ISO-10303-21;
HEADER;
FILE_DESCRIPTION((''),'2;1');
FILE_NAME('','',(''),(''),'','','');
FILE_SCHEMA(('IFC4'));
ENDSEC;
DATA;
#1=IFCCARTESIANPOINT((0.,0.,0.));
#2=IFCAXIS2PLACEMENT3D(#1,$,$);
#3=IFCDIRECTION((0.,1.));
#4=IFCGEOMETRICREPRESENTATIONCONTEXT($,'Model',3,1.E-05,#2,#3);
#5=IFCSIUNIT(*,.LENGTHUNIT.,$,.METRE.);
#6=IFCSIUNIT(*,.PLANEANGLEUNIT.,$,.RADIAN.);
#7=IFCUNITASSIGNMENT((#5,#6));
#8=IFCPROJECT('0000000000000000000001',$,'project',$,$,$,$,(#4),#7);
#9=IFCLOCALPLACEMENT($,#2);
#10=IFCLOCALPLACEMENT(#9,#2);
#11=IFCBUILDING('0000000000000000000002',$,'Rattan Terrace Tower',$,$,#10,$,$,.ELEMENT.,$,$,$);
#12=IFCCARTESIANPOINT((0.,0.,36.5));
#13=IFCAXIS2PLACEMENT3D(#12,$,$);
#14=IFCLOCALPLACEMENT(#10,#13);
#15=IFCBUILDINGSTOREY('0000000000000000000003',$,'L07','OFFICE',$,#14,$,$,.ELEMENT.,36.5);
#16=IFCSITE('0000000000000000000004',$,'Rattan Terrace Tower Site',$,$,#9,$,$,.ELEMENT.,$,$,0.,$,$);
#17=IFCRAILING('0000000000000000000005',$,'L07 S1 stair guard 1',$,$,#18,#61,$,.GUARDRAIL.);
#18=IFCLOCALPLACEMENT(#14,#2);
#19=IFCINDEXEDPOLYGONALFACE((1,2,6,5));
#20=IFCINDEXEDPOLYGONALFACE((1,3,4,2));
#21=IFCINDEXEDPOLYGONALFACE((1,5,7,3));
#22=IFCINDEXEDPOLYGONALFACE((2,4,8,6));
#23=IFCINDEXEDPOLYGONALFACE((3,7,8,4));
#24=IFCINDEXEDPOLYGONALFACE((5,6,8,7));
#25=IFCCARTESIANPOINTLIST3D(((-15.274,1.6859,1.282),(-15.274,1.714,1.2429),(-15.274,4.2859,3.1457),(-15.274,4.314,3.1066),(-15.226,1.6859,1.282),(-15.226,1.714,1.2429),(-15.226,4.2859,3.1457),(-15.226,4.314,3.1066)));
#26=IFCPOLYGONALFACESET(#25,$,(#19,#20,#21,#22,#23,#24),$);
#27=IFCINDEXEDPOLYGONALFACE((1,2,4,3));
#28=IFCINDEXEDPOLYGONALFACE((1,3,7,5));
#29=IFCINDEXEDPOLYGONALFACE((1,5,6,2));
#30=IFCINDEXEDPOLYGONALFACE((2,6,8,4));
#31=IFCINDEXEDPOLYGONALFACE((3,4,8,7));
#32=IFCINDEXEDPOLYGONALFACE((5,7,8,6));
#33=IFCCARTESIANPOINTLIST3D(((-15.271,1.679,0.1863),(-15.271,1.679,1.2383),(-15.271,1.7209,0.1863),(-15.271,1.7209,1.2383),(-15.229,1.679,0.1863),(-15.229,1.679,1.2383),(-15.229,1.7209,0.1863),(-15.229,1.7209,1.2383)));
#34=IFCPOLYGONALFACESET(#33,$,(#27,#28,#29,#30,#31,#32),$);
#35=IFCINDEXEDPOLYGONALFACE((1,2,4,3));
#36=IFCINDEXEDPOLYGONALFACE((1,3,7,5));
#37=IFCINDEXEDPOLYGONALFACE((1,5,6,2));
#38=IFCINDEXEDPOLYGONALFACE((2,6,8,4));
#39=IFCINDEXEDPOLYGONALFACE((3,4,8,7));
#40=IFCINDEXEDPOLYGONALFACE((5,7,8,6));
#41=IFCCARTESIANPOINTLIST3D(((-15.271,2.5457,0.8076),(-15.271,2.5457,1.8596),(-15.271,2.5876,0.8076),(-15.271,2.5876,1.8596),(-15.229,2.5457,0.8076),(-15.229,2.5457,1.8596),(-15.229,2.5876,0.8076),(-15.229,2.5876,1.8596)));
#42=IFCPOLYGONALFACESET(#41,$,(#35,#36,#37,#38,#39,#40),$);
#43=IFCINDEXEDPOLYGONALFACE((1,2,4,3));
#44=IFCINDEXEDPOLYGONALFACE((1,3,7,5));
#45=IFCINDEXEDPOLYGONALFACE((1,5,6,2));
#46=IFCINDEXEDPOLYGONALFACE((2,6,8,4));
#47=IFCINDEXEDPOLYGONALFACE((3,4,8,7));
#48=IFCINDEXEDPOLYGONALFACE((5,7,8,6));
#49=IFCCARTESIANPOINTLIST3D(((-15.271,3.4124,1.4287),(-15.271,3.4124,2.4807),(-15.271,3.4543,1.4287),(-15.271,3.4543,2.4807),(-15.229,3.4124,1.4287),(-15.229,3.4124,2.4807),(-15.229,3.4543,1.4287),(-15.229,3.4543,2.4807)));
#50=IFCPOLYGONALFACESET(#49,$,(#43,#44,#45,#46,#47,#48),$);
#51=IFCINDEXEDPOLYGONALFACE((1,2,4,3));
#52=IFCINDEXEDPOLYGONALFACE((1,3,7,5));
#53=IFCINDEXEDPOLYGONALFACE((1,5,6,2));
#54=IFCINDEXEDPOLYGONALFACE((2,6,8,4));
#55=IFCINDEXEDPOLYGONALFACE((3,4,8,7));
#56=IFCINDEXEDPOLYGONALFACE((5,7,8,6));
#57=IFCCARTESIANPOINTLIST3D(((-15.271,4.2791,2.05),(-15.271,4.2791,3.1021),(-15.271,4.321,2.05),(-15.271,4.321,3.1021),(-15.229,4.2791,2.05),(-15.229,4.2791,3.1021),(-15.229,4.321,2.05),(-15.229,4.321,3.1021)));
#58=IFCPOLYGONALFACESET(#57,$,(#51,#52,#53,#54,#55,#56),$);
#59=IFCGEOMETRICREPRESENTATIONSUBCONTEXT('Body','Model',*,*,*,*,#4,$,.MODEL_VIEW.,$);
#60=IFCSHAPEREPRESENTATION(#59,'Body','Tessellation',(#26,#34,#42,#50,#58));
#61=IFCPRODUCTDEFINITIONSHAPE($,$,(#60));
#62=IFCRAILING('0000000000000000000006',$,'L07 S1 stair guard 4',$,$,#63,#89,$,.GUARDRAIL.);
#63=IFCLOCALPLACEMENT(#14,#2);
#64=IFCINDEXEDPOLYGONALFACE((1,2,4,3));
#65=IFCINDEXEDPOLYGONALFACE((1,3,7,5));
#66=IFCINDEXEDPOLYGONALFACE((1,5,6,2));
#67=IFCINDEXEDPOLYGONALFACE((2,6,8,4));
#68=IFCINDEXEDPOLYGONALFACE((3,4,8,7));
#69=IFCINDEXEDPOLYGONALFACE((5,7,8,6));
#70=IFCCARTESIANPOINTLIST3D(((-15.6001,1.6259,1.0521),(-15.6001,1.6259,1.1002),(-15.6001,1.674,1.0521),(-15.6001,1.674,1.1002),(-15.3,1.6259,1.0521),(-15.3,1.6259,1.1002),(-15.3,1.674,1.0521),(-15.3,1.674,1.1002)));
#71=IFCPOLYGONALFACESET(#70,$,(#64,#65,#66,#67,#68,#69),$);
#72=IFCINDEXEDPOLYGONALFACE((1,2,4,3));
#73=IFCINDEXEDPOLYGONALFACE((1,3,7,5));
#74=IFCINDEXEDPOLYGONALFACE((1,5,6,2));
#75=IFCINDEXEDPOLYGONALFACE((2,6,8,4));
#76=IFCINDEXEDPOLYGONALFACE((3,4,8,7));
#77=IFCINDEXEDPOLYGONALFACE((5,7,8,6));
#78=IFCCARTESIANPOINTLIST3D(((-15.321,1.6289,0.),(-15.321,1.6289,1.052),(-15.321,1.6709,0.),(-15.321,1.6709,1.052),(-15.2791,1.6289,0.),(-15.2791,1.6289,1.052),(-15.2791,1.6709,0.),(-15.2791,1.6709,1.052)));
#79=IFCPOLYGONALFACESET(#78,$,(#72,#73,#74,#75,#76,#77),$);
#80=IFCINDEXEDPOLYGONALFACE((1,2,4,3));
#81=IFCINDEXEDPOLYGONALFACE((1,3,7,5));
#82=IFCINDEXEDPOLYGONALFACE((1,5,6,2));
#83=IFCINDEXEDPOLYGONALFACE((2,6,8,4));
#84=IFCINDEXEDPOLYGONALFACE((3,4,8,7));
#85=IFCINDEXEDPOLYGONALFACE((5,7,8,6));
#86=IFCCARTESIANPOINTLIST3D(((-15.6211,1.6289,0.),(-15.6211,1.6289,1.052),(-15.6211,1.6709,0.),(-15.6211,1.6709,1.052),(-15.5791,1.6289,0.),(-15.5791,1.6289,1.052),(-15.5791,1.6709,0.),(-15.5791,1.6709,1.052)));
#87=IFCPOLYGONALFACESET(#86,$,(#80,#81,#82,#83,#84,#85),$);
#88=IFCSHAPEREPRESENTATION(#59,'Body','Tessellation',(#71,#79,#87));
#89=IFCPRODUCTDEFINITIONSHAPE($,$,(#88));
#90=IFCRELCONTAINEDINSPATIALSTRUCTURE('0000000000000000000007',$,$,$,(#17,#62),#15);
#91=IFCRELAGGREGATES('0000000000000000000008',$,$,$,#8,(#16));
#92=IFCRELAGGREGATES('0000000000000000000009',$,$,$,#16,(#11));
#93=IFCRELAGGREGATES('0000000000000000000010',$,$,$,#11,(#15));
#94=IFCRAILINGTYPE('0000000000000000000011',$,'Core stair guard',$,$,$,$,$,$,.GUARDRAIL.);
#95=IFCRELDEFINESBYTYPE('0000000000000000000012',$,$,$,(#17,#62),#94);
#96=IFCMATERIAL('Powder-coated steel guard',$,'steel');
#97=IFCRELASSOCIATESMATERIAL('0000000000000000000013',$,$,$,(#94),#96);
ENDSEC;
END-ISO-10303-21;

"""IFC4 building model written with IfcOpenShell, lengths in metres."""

from ifc_helpers import new_model, si_unit, direction, frame, origin, origin_2d, place, context, subcontext, project, spatial, rectangle, extrude, material, type_object, element, save


model = new_model("IFC4")

# Units and contexts
model_context = context("Model", 3, precision=1e-05, world=origin(), true_north=direction((0.0, 1.0)))
body_context = subcontext(model_context, "Body", "Model", "MODEL_VIEW")
ifc_project = project(units=[si_unit("LENGTHUNIT", "METRE"), si_unit("PLANEANGLEUNIT", "RADIAN")], contexts=[model_context])

# Site, building, storey
site_placement = place(None, origin())
site = spatial("IfcSite", under=ifc_project, at=site_placement, Name="Rattan Terrace Tower Site", CompositionType="ELEMENT", RefElevation=0.0)
building_placement = place(site_placement, origin())
building = spatial("IfcBuilding", under=site, at=building_placement, Name="Rattan Terrace Tower", CompositionType="ELEMENT")
storey_placement = place(building_placement, frame((0.0, 0.0, 36.5)))
storey = spatial("IfcBuildingStorey", under=building, at=storey_placement, Name="L07", Description="OFFICE", CompositionType="ELEMENT", Elevation=36.5)

# Railings
ifc_material_1 = material(Name="Powder-coated steel guard", Category="steel")
railing_type = type_object("IfcRailingType", Name="Core stair guard", PredefinedType="GUARDRAIL", material=ifc_material_1)
railing_1_placement = place(storey_placement, frame((-15.25, 1.7, 0.1863)))
element("IfcRailing", 1, at=railing_1_placement, inside=storey, type_object=railing_type, Name="L07 S1 stair guard 1", PredefinedType="GUARDRAIL", context=body_context, shape_type="SweptSolid", body=[
    extrude(rectangle(XDim=0.0481, YDim=0.0481, at=origin_2d()), frame((0.0, 0.0, 1.0762), z_axis=(0.0, 0.812763, 0.582595), x_axis=(-1.0, 0.0, 0.0)), (0.0, 0.0, 1.0), 3.199),
    extrude(rectangle(XDim=0.042, YDim=0.042, at=origin_2d()), origin(), (0.0, 0.0, 1.0), 1.052),
    extrude(rectangle(XDim=0.042, YDim=0.042, at=origin_2d()), frame((0.0, 0.8667, 0.6213)), (0.0, 0.0, 1.0), 1.052),
    extrude(rectangle(XDim=0.042, YDim=0.042, at=origin_2d()), frame((0.0, 1.7334, 1.2424)), (0.0, 0.0, 1.0), 1.052),
    extrude(rectangle(XDim=0.042, YDim=0.042, at=origin_2d()), frame((0.0, 2.6001, 1.8638)), (0.0, 0.0, 1.0), 1.052),
])
railing_2_placement = place(storey_placement, frame((-15.3, 1.6499, 0.0)))
element("IfcRailing", 2, at=railing_2_placement, inside=storey, type_object=railing_type, Name="L07 S1 stair guard 4", PredefinedType="GUARDRAIL", context=body_context, shape_type="SweptSolid", body=[
    extrude(rectangle(XDim=0.0481, YDim=0.0481, at=origin_2d()), frame((0.0, 0.0, 1.0762), z_axis=(-1.0, 0.0, 0.0), x_axis=(0.0, -1.0, 0.0)), (0.0, 0.0, 1.0), 0.3),
    extrude(rectangle(XDim=0.042, YDim=0.042, at=origin_2d()), origin(), (0.0, 0.0, 1.0), 1.052),
    extrude(rectangle(XDim=0.042, YDim=0.042, at=origin_2d()), frame((-0.3, 0.0, 0.0)), (0.0, 0.0, 1.0), 1.052),
])

save(model, "model.ifc")
